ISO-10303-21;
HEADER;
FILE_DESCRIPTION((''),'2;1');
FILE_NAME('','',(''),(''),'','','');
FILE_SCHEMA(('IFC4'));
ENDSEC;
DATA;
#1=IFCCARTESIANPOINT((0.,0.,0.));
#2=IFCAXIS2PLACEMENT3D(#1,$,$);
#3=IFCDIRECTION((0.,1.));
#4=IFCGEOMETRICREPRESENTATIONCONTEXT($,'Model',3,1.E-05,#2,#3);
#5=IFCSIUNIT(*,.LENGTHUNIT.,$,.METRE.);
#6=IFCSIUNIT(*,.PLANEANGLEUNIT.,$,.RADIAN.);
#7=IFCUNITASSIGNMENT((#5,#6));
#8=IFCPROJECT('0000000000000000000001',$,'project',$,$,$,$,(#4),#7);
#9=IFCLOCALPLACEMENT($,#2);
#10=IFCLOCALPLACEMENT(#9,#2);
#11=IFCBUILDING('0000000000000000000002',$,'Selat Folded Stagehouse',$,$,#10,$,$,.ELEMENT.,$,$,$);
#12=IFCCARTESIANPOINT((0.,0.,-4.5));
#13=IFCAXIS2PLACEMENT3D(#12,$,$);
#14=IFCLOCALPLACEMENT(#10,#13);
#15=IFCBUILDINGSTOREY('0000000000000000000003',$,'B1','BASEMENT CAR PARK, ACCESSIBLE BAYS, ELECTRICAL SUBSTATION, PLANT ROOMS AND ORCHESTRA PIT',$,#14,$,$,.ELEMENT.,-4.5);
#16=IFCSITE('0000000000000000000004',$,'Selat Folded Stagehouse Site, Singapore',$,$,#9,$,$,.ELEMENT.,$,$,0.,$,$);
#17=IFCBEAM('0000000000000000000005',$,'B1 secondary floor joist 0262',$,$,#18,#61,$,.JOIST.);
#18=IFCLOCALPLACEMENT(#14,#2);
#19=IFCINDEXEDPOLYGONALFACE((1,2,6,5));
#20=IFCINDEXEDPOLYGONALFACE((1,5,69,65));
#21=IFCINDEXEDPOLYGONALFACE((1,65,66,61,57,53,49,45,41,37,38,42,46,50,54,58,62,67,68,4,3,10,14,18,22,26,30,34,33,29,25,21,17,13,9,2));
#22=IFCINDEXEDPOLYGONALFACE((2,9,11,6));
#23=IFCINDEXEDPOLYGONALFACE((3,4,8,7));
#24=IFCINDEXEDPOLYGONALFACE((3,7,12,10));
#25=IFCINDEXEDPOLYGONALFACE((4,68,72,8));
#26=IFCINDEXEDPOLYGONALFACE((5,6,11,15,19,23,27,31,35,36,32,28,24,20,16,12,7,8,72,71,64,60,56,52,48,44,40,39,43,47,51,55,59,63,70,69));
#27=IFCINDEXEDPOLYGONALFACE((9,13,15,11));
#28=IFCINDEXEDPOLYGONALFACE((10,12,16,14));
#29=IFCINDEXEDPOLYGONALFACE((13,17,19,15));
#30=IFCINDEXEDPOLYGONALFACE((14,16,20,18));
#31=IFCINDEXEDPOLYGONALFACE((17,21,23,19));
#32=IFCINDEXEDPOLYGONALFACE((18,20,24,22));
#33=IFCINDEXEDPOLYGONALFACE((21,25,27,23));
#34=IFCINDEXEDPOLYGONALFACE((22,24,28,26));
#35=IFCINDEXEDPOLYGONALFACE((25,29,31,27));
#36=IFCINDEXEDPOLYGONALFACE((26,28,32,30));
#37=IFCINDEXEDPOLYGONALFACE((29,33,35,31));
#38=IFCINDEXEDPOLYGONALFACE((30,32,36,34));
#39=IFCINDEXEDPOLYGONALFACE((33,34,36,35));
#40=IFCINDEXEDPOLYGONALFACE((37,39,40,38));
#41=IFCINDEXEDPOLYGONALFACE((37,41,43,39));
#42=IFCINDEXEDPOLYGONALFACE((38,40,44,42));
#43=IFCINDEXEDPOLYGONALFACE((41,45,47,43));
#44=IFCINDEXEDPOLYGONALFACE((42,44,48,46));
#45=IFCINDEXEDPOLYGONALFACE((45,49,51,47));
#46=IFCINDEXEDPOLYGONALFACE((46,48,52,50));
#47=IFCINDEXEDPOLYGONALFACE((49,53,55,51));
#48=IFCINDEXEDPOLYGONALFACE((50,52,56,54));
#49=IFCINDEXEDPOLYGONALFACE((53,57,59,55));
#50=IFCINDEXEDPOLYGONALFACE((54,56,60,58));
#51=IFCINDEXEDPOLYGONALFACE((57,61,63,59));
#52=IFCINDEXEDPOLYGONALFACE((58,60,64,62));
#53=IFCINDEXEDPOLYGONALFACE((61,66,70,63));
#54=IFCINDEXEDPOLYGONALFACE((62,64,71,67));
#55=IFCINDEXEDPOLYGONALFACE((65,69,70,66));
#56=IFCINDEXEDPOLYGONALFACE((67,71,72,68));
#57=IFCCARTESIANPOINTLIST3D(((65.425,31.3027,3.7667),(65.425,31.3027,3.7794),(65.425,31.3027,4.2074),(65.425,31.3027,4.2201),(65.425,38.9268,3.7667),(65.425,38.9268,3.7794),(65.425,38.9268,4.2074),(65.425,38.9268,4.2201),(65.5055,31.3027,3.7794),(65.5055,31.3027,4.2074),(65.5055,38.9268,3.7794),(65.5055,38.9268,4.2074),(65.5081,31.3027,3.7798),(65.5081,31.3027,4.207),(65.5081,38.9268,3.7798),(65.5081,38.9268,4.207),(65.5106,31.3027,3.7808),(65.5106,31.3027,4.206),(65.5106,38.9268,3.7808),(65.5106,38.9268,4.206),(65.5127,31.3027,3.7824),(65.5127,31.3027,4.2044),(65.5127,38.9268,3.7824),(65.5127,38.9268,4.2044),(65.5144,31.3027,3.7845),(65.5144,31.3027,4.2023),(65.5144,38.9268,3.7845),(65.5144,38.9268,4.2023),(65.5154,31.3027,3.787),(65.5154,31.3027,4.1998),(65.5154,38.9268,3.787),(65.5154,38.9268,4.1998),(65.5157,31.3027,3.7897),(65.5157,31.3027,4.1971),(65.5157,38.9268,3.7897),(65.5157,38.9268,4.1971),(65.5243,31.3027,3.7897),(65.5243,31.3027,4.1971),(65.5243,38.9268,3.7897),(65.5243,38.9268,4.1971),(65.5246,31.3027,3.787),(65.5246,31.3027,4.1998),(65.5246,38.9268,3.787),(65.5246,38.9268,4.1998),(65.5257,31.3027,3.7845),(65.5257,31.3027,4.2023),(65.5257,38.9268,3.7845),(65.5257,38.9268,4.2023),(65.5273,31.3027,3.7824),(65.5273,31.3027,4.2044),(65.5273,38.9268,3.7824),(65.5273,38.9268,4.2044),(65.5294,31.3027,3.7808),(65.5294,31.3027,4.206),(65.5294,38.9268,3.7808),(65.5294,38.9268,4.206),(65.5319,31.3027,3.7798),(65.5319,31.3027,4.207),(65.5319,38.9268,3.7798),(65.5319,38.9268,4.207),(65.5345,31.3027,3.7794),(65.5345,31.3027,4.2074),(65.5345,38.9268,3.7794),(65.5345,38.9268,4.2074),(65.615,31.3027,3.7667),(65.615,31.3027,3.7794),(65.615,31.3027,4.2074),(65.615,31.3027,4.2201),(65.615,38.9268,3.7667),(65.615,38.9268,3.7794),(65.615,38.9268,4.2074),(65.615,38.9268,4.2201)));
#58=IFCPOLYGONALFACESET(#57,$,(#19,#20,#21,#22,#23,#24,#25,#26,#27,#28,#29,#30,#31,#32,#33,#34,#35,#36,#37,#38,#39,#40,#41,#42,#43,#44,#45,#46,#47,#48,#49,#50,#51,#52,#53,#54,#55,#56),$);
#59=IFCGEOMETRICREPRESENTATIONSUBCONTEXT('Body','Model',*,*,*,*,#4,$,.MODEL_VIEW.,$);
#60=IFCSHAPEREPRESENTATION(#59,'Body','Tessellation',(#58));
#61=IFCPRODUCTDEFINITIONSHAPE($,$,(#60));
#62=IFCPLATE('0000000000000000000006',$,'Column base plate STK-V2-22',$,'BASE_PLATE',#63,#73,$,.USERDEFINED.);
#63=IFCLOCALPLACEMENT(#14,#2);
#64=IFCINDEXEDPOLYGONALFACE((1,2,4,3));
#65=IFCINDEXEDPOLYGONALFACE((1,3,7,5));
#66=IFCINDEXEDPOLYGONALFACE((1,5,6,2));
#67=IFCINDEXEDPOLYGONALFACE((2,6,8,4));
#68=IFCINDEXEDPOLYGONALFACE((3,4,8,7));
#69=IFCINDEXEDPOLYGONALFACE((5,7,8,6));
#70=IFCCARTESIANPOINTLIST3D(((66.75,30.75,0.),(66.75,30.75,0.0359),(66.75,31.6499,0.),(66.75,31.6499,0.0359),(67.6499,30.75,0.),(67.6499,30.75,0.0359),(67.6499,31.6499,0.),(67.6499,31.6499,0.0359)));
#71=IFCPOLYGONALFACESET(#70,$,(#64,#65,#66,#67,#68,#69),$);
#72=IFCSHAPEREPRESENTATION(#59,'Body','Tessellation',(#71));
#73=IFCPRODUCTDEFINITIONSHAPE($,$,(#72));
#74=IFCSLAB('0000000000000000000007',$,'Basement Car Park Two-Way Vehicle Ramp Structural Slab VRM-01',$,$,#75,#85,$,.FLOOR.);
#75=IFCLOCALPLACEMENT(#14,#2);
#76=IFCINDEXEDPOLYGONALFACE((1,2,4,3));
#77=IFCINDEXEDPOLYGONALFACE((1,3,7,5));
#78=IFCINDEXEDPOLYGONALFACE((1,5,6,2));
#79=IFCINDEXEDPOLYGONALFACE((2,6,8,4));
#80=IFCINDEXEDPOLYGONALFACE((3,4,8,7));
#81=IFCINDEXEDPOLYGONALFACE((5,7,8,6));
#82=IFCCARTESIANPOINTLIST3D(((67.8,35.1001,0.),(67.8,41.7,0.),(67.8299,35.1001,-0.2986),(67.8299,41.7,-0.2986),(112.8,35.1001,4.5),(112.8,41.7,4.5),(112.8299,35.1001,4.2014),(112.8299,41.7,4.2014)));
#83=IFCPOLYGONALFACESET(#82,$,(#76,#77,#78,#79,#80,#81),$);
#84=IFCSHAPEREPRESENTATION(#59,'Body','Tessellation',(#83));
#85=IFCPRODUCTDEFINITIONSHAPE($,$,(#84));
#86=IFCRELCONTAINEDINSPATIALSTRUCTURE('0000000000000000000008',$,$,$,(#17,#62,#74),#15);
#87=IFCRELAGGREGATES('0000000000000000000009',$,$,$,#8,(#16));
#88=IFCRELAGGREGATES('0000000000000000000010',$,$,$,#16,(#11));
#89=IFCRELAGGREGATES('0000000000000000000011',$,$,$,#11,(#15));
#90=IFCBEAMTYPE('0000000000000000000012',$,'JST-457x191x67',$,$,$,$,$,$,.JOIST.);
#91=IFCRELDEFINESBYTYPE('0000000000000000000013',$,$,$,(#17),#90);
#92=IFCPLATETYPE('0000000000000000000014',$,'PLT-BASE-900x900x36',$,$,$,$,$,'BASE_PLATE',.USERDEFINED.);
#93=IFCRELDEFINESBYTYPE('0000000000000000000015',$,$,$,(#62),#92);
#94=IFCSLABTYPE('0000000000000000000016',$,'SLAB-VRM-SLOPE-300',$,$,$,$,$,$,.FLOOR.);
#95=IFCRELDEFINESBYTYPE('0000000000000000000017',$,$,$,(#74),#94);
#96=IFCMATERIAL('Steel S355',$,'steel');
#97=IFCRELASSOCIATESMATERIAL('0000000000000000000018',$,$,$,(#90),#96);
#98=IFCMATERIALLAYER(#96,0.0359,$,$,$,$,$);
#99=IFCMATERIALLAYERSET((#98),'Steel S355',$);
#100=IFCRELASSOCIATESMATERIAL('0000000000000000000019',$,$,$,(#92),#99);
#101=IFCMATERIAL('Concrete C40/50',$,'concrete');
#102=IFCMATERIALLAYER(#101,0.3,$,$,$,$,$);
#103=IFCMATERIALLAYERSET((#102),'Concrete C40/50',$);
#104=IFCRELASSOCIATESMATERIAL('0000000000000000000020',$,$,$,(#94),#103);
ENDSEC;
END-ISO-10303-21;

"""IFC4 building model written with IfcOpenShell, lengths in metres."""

from ifc_helpers import new_model, si_unit, direction, frame, origin, origin_2d, place, context, subcontext, project, spatial, polyline, rectangle, i_section, outline, extrude, material, layer, layer_set, material_profile, profile_set, type_object, element, save


model = new_model("IFC4")

# Units and contexts
model_context = context("Model", 3, precision=1e-05, world=origin(), true_north=direction((0.0, 1.0)))
body_context = subcontext(model_context, "Body", "Model", "MODEL_VIEW")
ifc_project = project(units=[si_unit("LENGTHUNIT", "METRE"), si_unit("PLANEANGLEUNIT", "RADIAN")], contexts=[model_context])

# Site, building, storey
site_placement = place(None, origin())
site = spatial("IfcSite", under=ifc_project, at=site_placement, Name="Selat Folded Stagehouse Site, Singapore", CompositionType="ELEMENT", RefElevation=0.0)
building_placement = place(site_placement, origin())
building = spatial("IfcBuilding", under=site, at=building_placement, Name="Selat Folded Stagehouse", CompositionType="ELEMENT")
storey_placement = place(building_placement, frame((0.0, 0.0, -4.5)))
storey = spatial("IfcBuildingStorey", under=building, at=storey_placement, Name="B1", Description="BASEMENT CAR PARK, ACCESSIBLE BAYS, ELECTRICAL SUBSTATION, PLANT ROOMS AND ORCHESTRA PIT", CompositionType="ELEMENT", Elevation=-4.5)

# Shared definitions
ifc_material_1 = material(Name="Concrete C40/50", Category="concrete")

# Shared definitions
ifc_material_2 = material(Name="Steel S355", Category="steel")

# Beam
ifc_material_profile_1 = material_profile(ifc_material_2, i_section(OverallWidth=0.1899, OverallDepth=0.4534, WebThickness=0.0085, FlangeThickness=0.0127, FilletRadius=0.0103, at=origin_2d()), Name="UKB 457x191x67")
ifc_profile_set_1 = profile_set([ifc_material_profile_1], Name="Steel S355")
beam_type_1 = type_object("IfcBeamType", Name="JST-457x191x67", PredefinedType="JOIST", material=ifc_profile_set_1)
for number, where, z_axis, x_axis, name in (
    (1, (65.52, 31.3027, 3.9934), (0.0, 1.0, 0.0), (-1.0, 0.0, 0.0), "B1 secondary floor joist 0262"),
):
    element("IfcBeam", number, at=place(storey_placement, frame(where, z_axis=z_axis, x_axis=x_axis)), inside=storey, type_object=beam_type_1, Name=name, PredefinedType="JOIST", context=body_context, shape_type="SweptSolid", body=[
        extrude(i_section(OverallWidth=0.1899, OverallDepth=0.4534, WebThickness=0.0085, FlangeThickness=0.0127, FilletRadius=0.0103, at=origin_2d()), origin(), (0.0, 0.0, 1.0), 7.624),
    ])

# Plate
ifc_layer_1 = layer(ifc_material_2, 0.0359)
ifc_layer_set_1 = layer_set([ifc_layer_1], Name="Steel S355")
plate_type = type_object("IfcPlateType", Name="PLT-BASE-900x900x36", ElementType="BASE_PLATE", PredefinedType="USERDEFINED", material=ifc_layer_set_1)
plate_placement = place(storey_placement, frame((67.2, 31.2, 0.0), z_axis=(0.0, 0.0, 1.0), x_axis=(1.0, 0.0, 0.0)))
element("IfcPlate", 2, at=plate_placement, inside=storey, type_object=plate_type, Name="Column base plate STK-V2-22", ObjectType="BASE_PLATE", PredefinedType="USERDEFINED", context=body_context, shape_type="SweptSolid", body=[
    extrude(rectangle(XDim=0.8999, YDim=0.8999, at=origin_2d()), origin(), (0.0, 0.0, 1.0), 0.0359),
])

# Slab
ifc_layer_2 = layer(ifc_material_1, 0.3)
ifc_layer_set_2 = layer_set([ifc_layer_2], Name="Concrete C40/50")
slab_type = type_object("IfcSlabType", Name="SLAB-VRM-SLOPE-300", PredefinedType="FLOOR", material=ifc_layer_set_2)
slab_placement = place(storey_placement, frame((67.8, 35.1001, 0.0), z_axis=(-0.099504, 0.0, 0.995037), x_axis=(0.995037, 0.0, 0.099504)))
element("IfcSlab", 3, at=slab_placement, inside=storey, type_object=slab_type, Name="Basement Car Park Two-Way Vehicle Ramp Structural Slab VRM-01", PredefinedType="FLOOR", context=body_context, shape_type="SweptSolid", body=[
    extrude(outline(polyline([(0.0, 0.0), (45.2244, 0.0), (45.2244, 6.5999), (0.0, 6.5999), (0.0, 0.0)])), origin(), (0.0, 0.0, -1.0), 0.3),
])

save(model, "model.ifc")
